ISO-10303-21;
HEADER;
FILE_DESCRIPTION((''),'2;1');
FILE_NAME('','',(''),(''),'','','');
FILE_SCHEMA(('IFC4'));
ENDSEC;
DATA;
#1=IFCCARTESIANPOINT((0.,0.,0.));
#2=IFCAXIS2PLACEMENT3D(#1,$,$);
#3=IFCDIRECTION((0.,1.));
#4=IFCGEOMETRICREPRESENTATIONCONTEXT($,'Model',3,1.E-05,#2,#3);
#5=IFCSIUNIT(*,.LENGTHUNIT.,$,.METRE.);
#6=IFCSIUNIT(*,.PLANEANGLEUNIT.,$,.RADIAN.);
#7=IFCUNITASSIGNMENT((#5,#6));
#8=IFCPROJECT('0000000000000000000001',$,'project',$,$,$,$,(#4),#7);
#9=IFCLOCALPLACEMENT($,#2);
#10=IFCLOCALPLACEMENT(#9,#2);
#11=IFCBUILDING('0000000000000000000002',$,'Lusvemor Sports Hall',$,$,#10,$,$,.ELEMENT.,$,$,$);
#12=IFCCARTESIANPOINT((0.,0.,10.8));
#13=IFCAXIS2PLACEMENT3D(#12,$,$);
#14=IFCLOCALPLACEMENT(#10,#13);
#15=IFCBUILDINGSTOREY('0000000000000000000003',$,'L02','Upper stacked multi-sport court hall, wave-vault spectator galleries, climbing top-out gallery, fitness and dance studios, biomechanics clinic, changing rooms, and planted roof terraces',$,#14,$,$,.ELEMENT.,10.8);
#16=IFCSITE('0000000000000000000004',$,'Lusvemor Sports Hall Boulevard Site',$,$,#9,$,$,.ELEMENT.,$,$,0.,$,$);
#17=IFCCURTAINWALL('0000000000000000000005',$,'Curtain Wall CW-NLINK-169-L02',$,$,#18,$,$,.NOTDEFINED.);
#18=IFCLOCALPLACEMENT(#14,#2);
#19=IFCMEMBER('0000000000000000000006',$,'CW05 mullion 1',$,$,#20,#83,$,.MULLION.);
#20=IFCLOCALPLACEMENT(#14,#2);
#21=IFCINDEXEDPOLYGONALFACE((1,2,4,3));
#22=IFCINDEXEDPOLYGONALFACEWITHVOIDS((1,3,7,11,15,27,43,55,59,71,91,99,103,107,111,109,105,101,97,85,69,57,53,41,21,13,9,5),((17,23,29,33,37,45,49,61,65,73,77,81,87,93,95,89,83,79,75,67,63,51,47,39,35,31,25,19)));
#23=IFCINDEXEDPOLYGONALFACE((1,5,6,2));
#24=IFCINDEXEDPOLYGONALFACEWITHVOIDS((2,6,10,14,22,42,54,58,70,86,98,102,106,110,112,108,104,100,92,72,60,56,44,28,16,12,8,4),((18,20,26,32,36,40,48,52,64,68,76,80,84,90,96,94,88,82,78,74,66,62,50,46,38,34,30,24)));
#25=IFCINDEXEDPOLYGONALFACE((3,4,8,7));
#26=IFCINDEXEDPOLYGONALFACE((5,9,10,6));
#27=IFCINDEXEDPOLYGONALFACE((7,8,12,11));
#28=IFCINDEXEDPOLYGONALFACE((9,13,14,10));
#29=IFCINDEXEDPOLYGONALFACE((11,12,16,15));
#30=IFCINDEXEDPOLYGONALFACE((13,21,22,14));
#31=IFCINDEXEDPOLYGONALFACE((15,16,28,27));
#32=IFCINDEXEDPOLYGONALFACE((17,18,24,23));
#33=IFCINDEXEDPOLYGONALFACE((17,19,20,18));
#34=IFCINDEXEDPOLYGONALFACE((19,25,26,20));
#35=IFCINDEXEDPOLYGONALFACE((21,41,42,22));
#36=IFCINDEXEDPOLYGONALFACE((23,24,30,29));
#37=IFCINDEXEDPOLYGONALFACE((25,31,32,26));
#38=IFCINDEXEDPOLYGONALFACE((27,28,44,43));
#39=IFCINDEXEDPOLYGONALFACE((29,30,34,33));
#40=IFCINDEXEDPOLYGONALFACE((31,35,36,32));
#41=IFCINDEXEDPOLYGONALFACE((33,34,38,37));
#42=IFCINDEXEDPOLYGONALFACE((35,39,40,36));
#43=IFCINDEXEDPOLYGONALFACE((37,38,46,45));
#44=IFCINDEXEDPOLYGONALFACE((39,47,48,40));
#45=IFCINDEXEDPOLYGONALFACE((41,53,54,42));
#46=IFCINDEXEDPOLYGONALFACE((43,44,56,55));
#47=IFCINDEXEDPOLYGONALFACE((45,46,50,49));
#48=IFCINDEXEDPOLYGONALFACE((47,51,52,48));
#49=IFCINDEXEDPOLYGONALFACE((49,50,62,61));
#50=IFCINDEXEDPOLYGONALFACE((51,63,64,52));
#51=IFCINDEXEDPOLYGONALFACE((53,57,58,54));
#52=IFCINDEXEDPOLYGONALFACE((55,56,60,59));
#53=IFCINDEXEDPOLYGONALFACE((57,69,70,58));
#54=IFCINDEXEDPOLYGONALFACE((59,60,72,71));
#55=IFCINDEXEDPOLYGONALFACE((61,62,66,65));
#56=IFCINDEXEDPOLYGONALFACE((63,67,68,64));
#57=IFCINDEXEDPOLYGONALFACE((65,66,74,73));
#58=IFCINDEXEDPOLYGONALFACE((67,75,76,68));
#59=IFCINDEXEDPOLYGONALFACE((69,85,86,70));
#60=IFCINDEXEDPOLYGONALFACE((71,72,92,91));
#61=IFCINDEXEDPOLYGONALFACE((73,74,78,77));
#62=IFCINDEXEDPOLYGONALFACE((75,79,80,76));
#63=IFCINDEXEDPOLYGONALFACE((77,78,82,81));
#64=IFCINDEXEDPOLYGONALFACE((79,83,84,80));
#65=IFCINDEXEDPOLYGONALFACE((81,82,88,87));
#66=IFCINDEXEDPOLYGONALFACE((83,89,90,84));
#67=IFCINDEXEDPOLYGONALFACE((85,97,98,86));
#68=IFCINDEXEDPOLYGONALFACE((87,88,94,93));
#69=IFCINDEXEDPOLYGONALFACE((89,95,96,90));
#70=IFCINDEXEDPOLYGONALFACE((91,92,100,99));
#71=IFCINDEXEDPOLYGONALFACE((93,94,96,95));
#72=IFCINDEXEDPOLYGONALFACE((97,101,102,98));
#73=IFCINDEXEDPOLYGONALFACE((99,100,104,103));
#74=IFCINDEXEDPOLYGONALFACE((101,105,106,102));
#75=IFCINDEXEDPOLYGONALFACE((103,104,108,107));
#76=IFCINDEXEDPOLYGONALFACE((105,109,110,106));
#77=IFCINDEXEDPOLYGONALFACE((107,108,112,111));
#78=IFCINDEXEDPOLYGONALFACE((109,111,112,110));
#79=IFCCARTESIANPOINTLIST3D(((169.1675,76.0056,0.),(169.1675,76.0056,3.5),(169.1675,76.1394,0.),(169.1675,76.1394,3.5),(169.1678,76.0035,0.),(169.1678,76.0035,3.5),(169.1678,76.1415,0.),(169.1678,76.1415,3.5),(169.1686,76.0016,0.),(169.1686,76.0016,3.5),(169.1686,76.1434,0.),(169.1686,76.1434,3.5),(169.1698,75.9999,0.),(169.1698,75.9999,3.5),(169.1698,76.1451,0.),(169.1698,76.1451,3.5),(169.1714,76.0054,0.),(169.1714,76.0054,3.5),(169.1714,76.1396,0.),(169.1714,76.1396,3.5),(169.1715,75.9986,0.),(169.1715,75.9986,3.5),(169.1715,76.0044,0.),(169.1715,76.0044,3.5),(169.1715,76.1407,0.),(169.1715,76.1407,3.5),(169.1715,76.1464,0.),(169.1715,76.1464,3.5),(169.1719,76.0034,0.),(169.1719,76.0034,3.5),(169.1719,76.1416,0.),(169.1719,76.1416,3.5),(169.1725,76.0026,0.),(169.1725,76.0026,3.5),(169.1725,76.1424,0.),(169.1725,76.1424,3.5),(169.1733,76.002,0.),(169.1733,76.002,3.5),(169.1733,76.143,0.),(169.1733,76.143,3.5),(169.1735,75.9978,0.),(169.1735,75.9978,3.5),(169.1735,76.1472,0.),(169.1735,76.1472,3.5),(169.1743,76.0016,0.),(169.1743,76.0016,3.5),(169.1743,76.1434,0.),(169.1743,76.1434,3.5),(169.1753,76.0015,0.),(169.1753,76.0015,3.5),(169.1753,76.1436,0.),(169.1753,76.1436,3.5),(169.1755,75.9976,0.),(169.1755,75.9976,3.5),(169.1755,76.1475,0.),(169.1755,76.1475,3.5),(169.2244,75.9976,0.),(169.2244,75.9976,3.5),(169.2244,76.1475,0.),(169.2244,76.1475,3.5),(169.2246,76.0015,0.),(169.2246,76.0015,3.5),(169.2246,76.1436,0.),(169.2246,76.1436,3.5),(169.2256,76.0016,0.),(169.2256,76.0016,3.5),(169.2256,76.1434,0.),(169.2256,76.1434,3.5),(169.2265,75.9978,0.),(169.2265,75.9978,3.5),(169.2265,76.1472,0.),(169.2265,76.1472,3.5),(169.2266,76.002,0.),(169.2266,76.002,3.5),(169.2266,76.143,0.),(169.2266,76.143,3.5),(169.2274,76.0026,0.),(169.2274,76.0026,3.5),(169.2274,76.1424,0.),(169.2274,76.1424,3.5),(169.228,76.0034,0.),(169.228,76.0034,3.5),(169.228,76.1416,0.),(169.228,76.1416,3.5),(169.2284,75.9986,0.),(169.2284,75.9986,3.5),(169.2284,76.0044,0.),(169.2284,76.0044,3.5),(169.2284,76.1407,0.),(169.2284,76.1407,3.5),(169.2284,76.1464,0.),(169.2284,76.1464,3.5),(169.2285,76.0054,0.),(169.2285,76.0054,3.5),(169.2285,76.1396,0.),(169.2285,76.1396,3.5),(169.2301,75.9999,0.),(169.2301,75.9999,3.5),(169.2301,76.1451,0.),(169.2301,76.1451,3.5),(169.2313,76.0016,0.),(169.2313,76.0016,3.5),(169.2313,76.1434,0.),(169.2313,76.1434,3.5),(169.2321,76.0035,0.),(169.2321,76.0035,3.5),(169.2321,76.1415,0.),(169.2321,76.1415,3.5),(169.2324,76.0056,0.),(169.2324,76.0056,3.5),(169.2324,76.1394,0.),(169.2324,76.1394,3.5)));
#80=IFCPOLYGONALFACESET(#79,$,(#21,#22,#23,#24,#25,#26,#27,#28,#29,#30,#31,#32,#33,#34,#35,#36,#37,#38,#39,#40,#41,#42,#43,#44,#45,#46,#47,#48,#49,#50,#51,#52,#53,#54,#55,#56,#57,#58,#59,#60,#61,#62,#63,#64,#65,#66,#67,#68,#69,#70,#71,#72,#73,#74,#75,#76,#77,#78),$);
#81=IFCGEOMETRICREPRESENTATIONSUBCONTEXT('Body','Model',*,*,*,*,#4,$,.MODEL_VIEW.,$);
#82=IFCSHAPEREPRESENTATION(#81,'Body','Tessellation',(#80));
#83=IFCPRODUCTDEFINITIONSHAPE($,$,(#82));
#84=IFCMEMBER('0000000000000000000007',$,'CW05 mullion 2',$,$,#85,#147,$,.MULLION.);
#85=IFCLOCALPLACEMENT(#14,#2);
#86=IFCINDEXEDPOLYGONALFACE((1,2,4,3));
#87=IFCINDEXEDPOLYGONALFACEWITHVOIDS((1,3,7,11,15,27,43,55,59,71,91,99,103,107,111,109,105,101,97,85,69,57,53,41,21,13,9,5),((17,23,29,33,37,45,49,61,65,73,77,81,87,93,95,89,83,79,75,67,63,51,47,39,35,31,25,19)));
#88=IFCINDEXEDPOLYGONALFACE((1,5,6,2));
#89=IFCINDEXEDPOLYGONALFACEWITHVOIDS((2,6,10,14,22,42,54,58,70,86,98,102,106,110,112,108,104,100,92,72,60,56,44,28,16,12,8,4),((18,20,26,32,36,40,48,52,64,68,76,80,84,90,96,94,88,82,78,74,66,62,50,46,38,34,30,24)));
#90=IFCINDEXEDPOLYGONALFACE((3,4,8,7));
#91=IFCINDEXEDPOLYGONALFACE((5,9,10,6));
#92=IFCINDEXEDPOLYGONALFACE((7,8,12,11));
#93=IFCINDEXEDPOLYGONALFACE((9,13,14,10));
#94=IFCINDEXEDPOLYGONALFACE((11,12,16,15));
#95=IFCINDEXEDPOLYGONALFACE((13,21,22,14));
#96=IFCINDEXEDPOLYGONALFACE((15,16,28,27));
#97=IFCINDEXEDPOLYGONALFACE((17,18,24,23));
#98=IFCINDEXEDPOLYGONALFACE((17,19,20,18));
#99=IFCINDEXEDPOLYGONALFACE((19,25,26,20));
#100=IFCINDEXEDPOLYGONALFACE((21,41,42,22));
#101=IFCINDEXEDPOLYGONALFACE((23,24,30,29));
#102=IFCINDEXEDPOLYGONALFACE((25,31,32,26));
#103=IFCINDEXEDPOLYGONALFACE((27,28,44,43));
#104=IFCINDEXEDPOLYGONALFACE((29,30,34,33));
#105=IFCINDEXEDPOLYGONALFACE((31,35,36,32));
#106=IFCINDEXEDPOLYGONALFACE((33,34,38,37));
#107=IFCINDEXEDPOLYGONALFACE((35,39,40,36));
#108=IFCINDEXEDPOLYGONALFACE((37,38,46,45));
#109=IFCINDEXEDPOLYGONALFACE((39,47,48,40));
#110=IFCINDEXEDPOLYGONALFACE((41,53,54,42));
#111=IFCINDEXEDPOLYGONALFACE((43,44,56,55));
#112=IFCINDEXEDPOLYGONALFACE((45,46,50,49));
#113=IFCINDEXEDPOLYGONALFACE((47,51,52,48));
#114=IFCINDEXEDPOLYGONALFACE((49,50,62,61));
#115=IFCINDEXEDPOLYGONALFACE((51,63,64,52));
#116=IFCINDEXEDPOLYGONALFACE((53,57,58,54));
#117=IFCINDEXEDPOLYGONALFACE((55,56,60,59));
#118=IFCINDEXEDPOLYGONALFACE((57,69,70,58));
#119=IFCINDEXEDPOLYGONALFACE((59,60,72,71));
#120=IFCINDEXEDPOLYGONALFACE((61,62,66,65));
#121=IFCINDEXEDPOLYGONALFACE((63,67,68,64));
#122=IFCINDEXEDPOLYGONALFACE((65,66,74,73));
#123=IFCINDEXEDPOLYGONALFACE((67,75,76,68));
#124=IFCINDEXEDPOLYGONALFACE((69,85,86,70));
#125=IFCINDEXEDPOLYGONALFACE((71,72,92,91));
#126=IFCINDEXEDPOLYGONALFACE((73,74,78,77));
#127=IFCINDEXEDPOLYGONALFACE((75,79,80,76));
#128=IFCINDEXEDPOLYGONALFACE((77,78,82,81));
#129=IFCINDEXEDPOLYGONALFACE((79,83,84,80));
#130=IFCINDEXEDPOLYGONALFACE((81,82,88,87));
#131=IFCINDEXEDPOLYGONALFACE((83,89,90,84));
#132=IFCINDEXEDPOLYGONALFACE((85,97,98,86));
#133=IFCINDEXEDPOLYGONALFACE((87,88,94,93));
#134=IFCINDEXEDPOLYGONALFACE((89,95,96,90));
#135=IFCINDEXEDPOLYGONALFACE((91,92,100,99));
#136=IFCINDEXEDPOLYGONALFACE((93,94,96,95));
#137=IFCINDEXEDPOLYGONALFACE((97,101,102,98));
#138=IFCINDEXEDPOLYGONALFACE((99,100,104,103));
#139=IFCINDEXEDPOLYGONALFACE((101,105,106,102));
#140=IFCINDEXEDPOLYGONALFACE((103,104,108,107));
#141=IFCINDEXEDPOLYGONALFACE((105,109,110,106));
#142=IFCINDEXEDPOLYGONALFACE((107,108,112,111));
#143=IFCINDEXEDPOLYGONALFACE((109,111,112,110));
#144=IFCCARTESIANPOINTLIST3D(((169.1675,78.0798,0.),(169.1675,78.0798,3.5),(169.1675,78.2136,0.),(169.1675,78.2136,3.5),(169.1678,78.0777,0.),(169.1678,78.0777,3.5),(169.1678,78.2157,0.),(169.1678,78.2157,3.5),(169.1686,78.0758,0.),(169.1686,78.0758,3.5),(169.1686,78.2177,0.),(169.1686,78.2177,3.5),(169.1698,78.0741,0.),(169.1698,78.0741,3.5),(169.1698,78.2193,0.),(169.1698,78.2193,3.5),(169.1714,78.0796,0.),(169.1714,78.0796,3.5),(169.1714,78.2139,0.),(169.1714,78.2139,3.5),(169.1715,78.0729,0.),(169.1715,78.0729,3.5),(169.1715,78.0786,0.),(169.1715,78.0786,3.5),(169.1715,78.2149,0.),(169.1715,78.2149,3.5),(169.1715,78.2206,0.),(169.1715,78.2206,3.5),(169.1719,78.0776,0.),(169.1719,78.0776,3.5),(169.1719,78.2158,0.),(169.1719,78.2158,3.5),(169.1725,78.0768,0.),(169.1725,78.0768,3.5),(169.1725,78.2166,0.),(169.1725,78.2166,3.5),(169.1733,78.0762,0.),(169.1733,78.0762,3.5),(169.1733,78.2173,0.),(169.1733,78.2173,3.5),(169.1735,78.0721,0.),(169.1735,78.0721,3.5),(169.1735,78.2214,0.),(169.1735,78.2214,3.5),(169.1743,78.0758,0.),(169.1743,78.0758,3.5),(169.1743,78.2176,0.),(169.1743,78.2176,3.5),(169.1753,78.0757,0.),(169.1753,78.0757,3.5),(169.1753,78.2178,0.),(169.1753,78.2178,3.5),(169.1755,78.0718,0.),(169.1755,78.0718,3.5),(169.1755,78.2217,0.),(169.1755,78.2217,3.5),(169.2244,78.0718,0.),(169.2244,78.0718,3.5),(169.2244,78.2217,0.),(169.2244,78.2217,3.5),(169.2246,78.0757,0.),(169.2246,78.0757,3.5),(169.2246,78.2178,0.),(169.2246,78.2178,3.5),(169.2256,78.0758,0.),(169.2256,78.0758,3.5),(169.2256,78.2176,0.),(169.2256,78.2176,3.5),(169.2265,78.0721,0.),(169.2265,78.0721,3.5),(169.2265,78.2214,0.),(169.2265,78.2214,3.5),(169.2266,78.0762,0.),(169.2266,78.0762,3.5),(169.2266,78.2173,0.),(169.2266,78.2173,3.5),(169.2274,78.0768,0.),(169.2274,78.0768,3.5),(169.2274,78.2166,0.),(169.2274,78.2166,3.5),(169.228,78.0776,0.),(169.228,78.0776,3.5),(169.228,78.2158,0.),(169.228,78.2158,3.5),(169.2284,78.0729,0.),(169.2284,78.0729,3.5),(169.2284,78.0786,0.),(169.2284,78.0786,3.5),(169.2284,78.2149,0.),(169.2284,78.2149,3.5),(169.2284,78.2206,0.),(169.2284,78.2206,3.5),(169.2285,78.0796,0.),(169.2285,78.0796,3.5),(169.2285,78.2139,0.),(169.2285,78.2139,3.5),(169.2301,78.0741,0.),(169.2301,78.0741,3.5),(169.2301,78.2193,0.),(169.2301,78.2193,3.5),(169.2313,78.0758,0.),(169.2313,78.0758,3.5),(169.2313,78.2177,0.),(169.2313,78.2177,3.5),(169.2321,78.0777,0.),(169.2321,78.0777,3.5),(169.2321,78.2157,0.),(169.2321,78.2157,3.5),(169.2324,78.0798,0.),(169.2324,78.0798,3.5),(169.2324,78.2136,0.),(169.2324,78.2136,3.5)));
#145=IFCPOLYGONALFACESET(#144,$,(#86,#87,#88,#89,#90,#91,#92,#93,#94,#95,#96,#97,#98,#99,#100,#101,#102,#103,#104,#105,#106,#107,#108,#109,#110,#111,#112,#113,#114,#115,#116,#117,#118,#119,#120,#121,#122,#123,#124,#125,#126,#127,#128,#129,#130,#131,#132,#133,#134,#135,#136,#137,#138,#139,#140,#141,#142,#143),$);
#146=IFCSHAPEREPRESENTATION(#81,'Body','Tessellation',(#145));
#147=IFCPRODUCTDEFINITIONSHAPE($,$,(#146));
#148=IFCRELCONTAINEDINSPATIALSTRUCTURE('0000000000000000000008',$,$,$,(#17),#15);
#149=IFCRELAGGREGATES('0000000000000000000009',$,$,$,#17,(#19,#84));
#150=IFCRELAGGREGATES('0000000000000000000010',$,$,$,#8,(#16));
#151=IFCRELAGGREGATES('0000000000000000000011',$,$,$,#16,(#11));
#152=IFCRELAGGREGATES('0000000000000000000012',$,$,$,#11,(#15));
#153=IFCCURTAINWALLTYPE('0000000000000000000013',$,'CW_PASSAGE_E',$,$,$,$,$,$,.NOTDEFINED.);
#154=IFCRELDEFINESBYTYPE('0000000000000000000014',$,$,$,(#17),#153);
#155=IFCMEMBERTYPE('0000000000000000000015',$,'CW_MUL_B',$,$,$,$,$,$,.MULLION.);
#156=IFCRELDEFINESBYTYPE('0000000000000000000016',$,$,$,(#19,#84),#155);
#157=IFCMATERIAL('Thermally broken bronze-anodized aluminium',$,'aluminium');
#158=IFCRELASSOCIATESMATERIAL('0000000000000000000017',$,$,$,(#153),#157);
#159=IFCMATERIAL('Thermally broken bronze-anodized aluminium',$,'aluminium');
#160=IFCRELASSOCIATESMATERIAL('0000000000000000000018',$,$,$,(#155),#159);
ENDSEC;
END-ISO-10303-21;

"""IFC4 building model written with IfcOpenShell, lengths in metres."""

from ifc_helpers import new_model, si_unit, direction, frame, origin, origin_2d, place, context, subcontext, project, spatial, hollow_rectangle, extrude, material, material_profile, profile_set, type_object, element, aggregate, save


model = new_model("IFC4")

# Units and contexts
model_context = context("Model", 3, precision=1e-05, world=origin(), true_north=direction((0.0, 1.0)))
body_context = subcontext(model_context, "Body", "Model", "MODEL_VIEW")
ifc_project = project(units=[si_unit("LENGTHUNIT", "METRE"), si_unit("PLANEANGLEUNIT", "RADIAN")], contexts=[model_context])

# Site, building, storey
site_placement = place(None, origin())
site = spatial("IfcSite", under=ifc_project, at=site_placement, Name="Lusvemor Sports Hall Boulevard Site", CompositionType="ELEMENT", RefElevation=0.0)
building_placement = place(site_placement, origin())
building = spatial("IfcBuilding", under=site, at=building_placement, Name="Lusvemor Sports Hall", CompositionType="ELEMENT")
storey_placement = place(building_placement, frame((0.0, 0.0, 10.8)))
storey = spatial("IfcBuildingStorey", under=building, at=storey_placement, Name="L02", Description="Upper stacked multi-sport court hall, wave-vault spectator galleries, climbing top-out gallery, fitness and dance studios, biomechanics clinic, changing rooms, and planted roof terraces", CompositionType="ELEMENT", Elevation=10.8)

# Curtain wall, members
ifc_material_1 = material(Name="Thermally broken bronze-anodized aluminium", Category="aluminium")
curtain_wall_type = type_object("IfcCurtainWallType", Name="CW_PASSAGE_E", PredefinedType="NOTDEFINED", material=ifc_material_1)
curtain_wall_placement = place(storey_placement, origin())
curtain_wall = element("IfcCurtainWall", 1, at=curtain_wall_placement, inside=storey, type_object=curtain_wall_type, Name="Curtain Wall CW-NLINK-169-L02", PredefinedType="NOTDEFINED")
ifc_material_2 = material(Name="Thermally broken bronze-anodized aluminium", Category="aluminium")
ifc_material_profile_1 = material_profile(ifc_material_2, hollow_rectangle(XDim=0.0649, YDim=0.1499, WallThickness=0.0039, InnerFilletRadius=0.0039, OuterFilletRadius=0.0081, at=origin_2d()), Name="CWMUL150x65x4")
ifc_profile_set_1 = profile_set([ifc_material_profile_1], Name="Thermally broken bronze-anodized aluminium")
member_type_1 = type_object("IfcMemberType", Name="CW_MUL_B", PredefinedType="MULLION", material=ifc_profile_set_1)
member_1_placement = place(storey_placement, frame((169.2, 76.0725, 0.0), z_axis=(0.0, 0.0, 1.0), x_axis=(-1.0, 0.0, 0.0)))
member_1 = element("IfcMember", 2, at=member_1_placement, type_object=member_type_1, Name="CW05 mullion 1", PredefinedType="MULLION", context=body_context, shape_type="SweptSolid", body=[
    extrude(hollow_rectangle(XDim=0.0649, YDim=0.1499, WallThickness=0.0039, InnerFilletRadius=0.0039, OuterFilletRadius=0.0081, at=origin_2d()), origin(), (0.0, 0.0, 1.0), 3.5),
])
member_2_placement = place(storey_placement, frame((169.2, 78.1467, 0.0), z_axis=(0.0, 0.0, 1.0), x_axis=(-1.0, 0.0, 0.0)))
member_2 = element("IfcMember", 3, at=member_2_placement, type_object=member_type_1, Name="CW05 mullion 2", PredefinedType="MULLION", context=body_context, shape_type="SweptSolid", body=[
    extrude(hollow_rectangle(XDim=0.0649, YDim=0.1499, WallThickness=0.0039, InnerFilletRadius=0.0039, OuterFilletRadius=0.0081, at=origin_2d()), origin(), (0.0, 0.0, 1.0), 3.5),
])

aggregate(curtain_wall, [member_1, member_2])

save(model, "model.ifc")
